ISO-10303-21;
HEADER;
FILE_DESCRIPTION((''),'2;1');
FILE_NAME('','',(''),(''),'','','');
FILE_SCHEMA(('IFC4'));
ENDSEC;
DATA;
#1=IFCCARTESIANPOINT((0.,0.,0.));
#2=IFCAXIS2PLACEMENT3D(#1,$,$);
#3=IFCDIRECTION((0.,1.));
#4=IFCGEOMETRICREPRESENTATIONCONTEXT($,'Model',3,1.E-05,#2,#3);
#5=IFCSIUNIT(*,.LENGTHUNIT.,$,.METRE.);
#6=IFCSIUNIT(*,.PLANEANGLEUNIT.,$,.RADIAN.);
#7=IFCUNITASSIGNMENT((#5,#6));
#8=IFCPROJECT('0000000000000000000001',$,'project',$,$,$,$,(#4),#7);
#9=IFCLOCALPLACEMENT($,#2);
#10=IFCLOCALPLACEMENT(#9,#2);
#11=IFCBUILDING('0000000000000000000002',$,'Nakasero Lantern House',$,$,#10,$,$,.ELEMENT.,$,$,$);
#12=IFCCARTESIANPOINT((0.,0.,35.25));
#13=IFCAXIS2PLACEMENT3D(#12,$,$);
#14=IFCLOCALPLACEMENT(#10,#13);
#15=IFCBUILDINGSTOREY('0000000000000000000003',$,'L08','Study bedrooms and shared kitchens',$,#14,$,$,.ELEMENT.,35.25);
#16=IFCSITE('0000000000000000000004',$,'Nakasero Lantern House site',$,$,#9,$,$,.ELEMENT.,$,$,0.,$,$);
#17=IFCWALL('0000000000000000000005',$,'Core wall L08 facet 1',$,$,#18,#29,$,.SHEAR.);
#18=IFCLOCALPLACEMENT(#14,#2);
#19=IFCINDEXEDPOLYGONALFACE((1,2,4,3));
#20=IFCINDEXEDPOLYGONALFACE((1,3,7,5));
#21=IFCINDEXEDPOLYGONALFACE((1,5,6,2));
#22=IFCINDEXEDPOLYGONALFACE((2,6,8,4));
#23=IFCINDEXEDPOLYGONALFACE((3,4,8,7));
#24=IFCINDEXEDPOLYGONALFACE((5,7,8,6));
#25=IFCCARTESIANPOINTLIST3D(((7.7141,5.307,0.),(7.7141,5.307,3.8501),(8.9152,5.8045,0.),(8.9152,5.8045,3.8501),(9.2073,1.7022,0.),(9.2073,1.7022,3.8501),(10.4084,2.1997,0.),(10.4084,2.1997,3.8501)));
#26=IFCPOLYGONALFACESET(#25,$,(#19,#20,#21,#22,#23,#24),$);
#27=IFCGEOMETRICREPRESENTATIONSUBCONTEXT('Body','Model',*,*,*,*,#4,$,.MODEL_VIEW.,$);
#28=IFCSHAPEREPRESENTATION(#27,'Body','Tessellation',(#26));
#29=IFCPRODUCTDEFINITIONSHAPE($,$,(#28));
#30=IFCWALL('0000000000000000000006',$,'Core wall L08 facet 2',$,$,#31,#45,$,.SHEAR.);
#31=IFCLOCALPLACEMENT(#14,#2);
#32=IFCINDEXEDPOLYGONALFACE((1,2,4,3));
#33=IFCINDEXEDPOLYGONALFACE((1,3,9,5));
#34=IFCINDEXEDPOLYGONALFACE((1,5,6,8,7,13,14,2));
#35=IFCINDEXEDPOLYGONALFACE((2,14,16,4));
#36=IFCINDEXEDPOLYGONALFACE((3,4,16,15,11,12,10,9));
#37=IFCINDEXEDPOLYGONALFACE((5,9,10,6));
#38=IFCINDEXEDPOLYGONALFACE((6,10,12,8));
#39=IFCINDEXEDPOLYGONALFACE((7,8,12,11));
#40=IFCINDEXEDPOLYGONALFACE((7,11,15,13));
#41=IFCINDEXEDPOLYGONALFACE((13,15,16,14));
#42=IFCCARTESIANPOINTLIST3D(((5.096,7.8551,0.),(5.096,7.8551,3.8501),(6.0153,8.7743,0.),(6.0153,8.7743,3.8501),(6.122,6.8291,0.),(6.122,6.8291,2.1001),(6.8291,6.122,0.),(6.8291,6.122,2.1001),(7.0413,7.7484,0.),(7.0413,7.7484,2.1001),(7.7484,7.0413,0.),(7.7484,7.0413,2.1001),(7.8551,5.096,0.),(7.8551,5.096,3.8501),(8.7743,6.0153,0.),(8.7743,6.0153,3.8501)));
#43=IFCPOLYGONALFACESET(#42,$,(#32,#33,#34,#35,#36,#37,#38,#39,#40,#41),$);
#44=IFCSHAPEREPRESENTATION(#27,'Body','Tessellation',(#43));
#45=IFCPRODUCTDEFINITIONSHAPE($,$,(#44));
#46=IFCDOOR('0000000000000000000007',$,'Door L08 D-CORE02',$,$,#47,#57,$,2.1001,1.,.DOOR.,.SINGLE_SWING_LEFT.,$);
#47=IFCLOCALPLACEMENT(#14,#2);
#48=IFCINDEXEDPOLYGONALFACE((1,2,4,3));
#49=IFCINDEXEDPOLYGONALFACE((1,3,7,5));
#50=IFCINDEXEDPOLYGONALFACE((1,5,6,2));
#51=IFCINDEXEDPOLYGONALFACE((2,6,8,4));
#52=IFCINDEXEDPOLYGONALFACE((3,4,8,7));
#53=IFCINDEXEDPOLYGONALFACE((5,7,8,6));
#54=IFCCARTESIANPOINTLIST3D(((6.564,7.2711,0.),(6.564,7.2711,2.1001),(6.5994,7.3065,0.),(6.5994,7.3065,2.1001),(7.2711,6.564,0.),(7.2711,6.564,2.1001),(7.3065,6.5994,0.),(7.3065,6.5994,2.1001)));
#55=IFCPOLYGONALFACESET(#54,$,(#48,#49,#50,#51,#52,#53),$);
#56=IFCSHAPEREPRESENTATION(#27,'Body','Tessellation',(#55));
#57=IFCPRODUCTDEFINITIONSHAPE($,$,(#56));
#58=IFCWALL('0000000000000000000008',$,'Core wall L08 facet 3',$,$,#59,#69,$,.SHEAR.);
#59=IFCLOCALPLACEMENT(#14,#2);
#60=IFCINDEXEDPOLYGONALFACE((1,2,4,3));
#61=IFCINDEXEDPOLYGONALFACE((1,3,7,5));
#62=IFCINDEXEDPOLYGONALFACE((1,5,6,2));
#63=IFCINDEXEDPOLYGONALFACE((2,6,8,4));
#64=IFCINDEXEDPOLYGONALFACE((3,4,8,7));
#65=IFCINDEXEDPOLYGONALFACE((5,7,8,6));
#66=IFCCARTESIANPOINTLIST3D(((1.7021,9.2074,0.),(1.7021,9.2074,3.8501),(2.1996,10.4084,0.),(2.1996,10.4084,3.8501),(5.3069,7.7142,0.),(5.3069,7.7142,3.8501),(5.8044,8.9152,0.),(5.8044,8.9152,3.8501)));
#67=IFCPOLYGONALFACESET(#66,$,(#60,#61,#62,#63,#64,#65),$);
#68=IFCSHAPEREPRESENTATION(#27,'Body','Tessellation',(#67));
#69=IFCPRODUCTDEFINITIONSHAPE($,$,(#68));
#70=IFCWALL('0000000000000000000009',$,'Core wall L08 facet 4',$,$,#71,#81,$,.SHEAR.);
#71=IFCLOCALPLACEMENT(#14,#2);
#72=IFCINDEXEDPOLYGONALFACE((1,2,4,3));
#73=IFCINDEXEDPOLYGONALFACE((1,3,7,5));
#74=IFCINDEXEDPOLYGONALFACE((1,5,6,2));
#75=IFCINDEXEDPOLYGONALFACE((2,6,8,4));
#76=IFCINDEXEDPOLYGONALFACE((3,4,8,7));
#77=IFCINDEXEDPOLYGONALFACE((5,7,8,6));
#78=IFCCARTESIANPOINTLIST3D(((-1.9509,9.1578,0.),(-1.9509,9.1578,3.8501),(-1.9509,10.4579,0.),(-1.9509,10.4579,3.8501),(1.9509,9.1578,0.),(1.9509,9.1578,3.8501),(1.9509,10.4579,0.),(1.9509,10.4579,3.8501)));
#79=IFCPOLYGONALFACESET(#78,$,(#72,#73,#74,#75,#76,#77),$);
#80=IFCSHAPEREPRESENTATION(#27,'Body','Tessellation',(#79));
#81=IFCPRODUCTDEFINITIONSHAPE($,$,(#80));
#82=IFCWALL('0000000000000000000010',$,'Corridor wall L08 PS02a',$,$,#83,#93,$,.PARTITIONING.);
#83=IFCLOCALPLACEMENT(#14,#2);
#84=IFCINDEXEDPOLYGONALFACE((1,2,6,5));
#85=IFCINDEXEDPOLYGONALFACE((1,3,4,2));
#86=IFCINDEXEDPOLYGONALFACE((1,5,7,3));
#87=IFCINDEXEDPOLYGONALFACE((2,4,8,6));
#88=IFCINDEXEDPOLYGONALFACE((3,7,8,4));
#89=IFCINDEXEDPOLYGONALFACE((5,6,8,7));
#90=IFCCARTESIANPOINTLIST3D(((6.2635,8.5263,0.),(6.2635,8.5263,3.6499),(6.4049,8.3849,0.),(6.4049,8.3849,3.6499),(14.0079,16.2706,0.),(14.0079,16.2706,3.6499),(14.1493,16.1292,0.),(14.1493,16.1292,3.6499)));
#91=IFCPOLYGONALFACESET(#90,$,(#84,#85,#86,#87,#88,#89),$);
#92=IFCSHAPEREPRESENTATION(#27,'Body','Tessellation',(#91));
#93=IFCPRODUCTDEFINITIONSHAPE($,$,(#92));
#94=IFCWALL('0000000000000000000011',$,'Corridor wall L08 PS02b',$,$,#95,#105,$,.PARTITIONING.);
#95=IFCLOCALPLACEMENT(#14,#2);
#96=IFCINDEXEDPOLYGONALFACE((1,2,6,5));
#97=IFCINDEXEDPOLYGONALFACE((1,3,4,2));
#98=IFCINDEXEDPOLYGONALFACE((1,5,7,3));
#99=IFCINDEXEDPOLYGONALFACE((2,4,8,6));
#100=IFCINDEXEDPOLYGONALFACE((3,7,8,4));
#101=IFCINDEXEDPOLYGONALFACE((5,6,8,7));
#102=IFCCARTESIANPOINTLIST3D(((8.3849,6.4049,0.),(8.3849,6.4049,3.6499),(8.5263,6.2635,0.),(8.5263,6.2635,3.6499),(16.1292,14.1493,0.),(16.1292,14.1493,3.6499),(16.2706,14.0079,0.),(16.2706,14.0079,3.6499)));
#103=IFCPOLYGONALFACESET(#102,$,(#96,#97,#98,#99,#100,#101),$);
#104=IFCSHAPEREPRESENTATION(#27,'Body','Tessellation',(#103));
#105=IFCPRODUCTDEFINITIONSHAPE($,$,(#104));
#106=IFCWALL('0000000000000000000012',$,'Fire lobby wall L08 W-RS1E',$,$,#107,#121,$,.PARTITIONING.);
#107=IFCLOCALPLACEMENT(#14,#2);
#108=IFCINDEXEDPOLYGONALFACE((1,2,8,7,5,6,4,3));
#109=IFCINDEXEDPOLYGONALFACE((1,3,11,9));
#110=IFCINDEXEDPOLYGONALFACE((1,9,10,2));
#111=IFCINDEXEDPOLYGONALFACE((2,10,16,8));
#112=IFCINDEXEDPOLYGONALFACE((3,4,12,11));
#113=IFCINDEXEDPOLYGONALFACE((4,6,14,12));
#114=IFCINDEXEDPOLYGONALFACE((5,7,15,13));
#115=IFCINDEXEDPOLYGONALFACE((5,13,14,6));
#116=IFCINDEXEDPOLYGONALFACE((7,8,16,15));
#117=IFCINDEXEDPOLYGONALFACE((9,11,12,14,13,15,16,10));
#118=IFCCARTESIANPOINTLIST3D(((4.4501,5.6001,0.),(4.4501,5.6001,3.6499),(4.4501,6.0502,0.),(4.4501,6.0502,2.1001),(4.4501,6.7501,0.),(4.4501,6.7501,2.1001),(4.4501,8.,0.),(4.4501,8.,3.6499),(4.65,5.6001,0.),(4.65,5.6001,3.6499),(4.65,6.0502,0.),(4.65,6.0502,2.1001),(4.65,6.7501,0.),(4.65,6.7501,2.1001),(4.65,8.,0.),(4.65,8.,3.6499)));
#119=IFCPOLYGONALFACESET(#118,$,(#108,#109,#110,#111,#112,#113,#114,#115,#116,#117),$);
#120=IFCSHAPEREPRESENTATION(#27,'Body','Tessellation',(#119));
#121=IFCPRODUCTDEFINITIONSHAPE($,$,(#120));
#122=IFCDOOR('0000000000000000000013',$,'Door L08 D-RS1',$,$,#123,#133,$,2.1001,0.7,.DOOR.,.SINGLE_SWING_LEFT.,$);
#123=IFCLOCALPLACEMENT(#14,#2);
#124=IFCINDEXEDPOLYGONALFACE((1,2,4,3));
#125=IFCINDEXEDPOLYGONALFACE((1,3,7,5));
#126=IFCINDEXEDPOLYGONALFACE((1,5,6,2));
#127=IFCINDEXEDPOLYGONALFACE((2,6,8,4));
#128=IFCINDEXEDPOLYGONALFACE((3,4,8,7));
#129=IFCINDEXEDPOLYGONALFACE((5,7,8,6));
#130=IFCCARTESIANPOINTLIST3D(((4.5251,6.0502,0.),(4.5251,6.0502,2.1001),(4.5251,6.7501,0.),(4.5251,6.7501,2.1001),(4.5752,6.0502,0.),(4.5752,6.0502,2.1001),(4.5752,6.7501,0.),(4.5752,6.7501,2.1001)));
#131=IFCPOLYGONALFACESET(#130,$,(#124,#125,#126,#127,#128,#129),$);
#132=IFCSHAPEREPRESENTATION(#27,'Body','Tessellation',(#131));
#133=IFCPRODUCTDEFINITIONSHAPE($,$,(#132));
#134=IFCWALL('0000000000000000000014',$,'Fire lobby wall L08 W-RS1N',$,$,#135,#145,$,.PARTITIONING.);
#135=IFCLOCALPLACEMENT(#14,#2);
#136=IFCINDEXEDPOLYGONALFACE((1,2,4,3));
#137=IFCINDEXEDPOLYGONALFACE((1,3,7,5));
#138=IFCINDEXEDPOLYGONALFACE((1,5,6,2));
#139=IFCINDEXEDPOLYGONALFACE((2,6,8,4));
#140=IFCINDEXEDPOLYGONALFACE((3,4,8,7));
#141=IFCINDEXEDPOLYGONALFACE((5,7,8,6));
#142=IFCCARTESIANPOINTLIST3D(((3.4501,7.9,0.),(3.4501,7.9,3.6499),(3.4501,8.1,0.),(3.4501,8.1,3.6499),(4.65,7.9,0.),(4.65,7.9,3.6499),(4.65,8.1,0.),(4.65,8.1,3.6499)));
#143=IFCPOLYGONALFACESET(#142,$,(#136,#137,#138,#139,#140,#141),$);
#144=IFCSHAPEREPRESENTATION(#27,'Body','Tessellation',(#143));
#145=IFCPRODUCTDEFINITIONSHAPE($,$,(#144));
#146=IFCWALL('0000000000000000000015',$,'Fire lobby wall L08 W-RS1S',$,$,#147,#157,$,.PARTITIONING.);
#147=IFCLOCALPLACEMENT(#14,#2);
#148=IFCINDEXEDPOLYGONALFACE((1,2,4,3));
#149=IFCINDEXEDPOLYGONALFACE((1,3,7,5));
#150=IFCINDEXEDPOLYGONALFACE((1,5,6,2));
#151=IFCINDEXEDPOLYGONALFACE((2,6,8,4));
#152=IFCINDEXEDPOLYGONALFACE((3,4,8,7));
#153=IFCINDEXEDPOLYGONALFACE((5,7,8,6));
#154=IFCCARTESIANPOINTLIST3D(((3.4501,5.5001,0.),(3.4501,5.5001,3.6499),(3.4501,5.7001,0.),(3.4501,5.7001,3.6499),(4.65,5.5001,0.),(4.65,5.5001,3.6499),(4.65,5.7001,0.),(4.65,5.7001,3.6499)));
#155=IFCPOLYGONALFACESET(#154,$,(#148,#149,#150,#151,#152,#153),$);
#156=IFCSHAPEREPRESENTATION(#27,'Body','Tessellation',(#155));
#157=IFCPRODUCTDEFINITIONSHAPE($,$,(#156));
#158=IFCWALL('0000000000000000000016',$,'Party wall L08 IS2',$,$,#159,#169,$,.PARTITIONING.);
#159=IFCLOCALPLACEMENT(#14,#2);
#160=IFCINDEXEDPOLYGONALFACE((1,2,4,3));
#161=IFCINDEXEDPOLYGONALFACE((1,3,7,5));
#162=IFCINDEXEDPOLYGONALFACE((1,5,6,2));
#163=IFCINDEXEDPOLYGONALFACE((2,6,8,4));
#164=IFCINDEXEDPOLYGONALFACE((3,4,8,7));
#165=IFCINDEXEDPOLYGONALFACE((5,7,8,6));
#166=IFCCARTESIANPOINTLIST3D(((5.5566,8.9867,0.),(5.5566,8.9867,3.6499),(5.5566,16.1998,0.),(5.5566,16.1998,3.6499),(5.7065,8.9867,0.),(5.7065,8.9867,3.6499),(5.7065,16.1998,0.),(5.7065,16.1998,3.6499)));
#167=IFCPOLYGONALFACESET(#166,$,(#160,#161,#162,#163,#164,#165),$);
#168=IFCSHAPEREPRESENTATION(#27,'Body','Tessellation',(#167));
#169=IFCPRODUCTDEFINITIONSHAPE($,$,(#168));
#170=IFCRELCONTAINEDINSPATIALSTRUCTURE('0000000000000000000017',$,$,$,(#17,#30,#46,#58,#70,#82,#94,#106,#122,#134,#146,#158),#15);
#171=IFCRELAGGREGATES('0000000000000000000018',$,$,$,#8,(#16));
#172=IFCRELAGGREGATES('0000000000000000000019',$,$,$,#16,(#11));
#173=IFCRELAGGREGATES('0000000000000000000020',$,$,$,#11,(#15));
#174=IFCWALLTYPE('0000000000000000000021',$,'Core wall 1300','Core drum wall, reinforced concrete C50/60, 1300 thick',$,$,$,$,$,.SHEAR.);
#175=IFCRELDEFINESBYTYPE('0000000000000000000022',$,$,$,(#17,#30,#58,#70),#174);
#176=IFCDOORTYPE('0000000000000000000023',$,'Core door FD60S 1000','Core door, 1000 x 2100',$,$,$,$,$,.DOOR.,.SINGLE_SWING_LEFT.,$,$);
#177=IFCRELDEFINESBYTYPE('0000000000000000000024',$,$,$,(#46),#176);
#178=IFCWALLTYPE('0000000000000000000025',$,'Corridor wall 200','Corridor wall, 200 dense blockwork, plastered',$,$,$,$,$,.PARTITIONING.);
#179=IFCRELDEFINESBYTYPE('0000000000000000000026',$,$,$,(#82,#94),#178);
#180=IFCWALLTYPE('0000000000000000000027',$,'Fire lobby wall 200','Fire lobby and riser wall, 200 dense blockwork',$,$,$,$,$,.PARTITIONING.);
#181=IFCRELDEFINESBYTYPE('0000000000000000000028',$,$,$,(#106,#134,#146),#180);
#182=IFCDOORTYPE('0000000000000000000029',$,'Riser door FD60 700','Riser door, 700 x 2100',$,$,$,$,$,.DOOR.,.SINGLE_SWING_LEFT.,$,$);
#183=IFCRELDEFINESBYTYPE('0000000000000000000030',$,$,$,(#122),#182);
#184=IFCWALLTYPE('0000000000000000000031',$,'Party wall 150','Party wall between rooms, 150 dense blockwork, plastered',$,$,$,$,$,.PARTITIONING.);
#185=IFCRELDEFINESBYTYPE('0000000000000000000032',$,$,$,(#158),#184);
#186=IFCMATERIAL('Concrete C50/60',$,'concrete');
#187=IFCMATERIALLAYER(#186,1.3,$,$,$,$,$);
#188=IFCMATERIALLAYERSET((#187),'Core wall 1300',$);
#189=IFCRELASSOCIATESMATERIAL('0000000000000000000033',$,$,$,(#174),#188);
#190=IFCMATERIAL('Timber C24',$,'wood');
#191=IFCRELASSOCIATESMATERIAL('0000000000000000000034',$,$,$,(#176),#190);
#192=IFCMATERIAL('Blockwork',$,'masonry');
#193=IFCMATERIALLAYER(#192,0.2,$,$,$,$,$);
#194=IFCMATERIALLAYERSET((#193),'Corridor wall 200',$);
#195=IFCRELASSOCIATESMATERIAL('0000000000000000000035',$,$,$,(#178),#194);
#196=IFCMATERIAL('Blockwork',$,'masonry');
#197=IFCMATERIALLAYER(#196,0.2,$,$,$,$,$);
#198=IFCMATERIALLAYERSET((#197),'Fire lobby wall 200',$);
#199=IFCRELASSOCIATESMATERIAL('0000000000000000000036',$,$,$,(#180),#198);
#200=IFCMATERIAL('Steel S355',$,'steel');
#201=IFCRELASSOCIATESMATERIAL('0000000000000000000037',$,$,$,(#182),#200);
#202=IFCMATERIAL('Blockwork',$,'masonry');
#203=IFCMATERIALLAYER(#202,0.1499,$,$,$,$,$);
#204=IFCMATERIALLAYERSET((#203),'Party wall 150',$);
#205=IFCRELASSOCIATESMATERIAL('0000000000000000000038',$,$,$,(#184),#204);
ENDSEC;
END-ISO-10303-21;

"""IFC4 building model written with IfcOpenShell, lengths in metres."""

from ifc_helpers import new_model, si_unit, direction, frame, frame_2d, origin, place, context, subcontext, project, spatial, rectangle, extrude, material, layer, layer_set, type_object, element, fill, save


model = new_model("IFC4")

# Units and contexts
model_context = context("Model", 3, precision=1e-05, world=origin(), true_north=direction((0.0, 1.0)))
body_context = subcontext(model_context, "Body", "Model", "MODEL_VIEW")
ifc_project = project(units=[si_unit("LENGTHUNIT", "METRE"), si_unit("PLANEANGLEUNIT", "RADIAN")], contexts=[model_context])

# Site, building, storey
site_placement = place(None, origin())
site = spatial("IfcSite", under=ifc_project, at=site_placement, Name="Nakasero Lantern House site", CompositionType="ELEMENT", RefElevation=0.0)
building_placement = place(site_placement, origin())
building = spatial("IfcBuilding", under=site, at=building_placement, Name="Nakasero Lantern House", CompositionType="ELEMENT")
storey_placement = place(building_placement, frame((0.0, 0.0, 35.25)))
storey = spatial("IfcBuildingStorey", under=building, at=storey_placement, Name="L08", Description="Study bedrooms and shared kitchens", CompositionType="ELEMENT", Elevation=35.25)

# Wall
ifc_material_1 = material(Name="Concrete C50/60", Category="concrete")
ifc_layer_1 = layer(ifc_material_1, 1.3)
ifc_layer_set_1 = layer_set([ifc_layer_1], Name="Core wall 1300")
wall_type_1 = type_object("IfcWallType", Name="Core wall 1300", Description="Core drum wall, reinforced concrete C50/60, 1300 thick", PredefinedType="SHEAR", material=ifc_layer_set_1)
wall_1_placement = place(storey_placement, frame((9.8079, 1.9509, 0.0), z_axis=(0.0, 0.0, 1.0), x_axis=(-0.382691, 0.923877, 0.0)))
element("IfcWall", 1, at=wall_1_placement, inside=storey, type_object=wall_type_1, Name="Core wall L08 facet 1", PredefinedType="SHEAR", context=body_context, shape_type="SweptSolid", body=[
    extrude(rectangle(XDim=3.9019, YDim=1.3, at=frame_2d((1.9509, 0.0))), origin(), (0.0, 0.0, 1.0), 3.8501),
])

# Wall, opening, door
wall_2_placement = place(storey_placement, frame((8.3147, 5.5557, 0.0), z_axis=(0.0, 0.0, 1.0), x_axis=(-0.707107, 0.707107, 0.0)))
wall_2 = element("IfcWall", 2, at=wall_2_placement, inside=storey, type_object=wall_type_1, Name="Core wall L08 facet 2", PredefinedType="SHEAR", context=body_context, shape_type="SweptSolid", body=[
    extrude(rectangle(XDim=3.9019, YDim=1.3, at=frame_2d((1.9509, 0.0))), origin(), (0.0, 0.0, 1.0), 3.8501),
])
opening_1_placement = place(wall_2_placement, frame((1.4509, 0.0, 0.0)))
opening_1 = element("IfcOpeningElement", 3, at=opening_1_placement, cuts=wall_2, PredefinedType="OPENING", context=body_context, shape_type="SweptSolid", body=[
    extrude(rectangle(XDim=1.0, YDim=2.1001, at=frame_2d((0.5, 1.05))), frame((0.0, 0.6699, 0.0), z_axis=(0.0, -1.0, 0.0), x_axis=(1.0, 0.0, 0.0)), (0.0, 0.0, 1.0), 1.3401),
])
ifc_material_2 = material(Name="Timber C24", Category="wood")
door_type_1 = type_object("IfcDoorType", Name="Core door FD60S 1000", Description="Core door, 1000 x 2100", OperationType="SINGLE_SWING_LEFT", PredefinedType="DOOR", material=ifc_material_2)
door_1_placement = place(opening_1_placement, origin())
door_1 = element("IfcDoor", 4, at=door_1_placement, inside=storey, type_object=door_type_1, Name="Door L08 D-CORE02", OperationType="SINGLE_SWING_LEFT", OverallHeight=2.1001, OverallWidth=1.0, PredefinedType="DOOR", context=body_context, shape_type="SweptSolid", body=[
    extrude(rectangle(XDim=1.0, YDim=2.1001, at=frame_2d((0.5, 1.05))), frame((0.0, 0.0249, 0.0), z_axis=(0.0, -1.0, 0.0), x_axis=(1.0, 0.0, 0.0)), (0.0, 0.0, 1.0), 0.05),
])
fill(opening_1, door_1)

# Walls
for number, where, z_axis, x_axis, name in (
    (5, (5.5557, 8.3147, 0.0), (0.0, 0.0, 1.0), (-0.923877, 0.382691, 0.0), "Core wall L08 facet 3"),
    (6, (1.9509, 9.8079, 0.0), (0.0, 0.0, 1.0), (-1.0, 0.0, 0.0), "Core wall L08 facet 4"),
):
    element("IfcWall", number, at=place(storey_placement, frame(where, z_axis=z_axis, x_axis=x_axis)), inside=storey, type_object=wall_type_1, Name=name, PredefinedType="SHEAR", context=body_context, shape_type="SweptSolid", body=[
        extrude(rectangle(XDim=3.9019, YDim=1.3, at=frame_2d((1.9509, 0.0))), origin(), (0.0, 0.0, 1.0), 3.8501),
    ])
ifc_material_3 = material(Name="Blockwork", Category="masonry")
ifc_layer_2 = layer(ifc_material_3, 0.2)
ifc_layer_set_2 = layer_set([ifc_layer_2], Name="Corridor wall 200")
wall_type_2 = type_object("IfcWallType", Name="Corridor wall 200", Description="Corridor wall, 200 dense blockwork, plastered", PredefinedType="PARTITIONING", material=ifc_layer_set_2)
for number, where, z_axis, x_axis, name in (
    (7, (6.3342, 8.4556, 0.0), (0.0, 0.0, 1.0), (0.707107, 0.707107, 0.0), "Corridor wall L08 PS02a"),
    (8, (8.4556, 6.3342, 0.0), (0.0, 0.0, 1.0), (0.707107, 0.707107, 0.0), "Corridor wall L08 PS02b"),
):
    element("IfcWall", number, at=place(storey_placement, frame(where, z_axis=z_axis, x_axis=x_axis)), inside=storey, type_object=wall_type_2, Name=name, PredefinedType="PARTITIONING", context=body_context, shape_type="SweptSolid", body=[
        extrude(rectangle(XDim=10.9521, YDim=0.2, at=frame_2d((5.4761, 0.0))), origin(), (0.0, 0.0, 1.0), 3.6499),
    ])

# Wall, opening, door
ifc_material_4 = material(Name="Blockwork", Category="masonry")
ifc_layer_3 = layer(ifc_material_4, 0.2)
ifc_layer_set_3 = layer_set([ifc_layer_3], Name="Fire lobby wall 200")
wall_type_3 = type_object("IfcWallType", Name="Fire lobby wall 200", Description="Fire lobby and riser wall, 200 dense blockwork", PredefinedType="PARTITIONING", material=ifc_layer_set_3)
wall_3_placement = place(storey_placement, frame((4.55, 5.6001, 0.0), z_axis=(0.0, 0.0, 1.0), x_axis=(0.0, 1.0, 0.0)))
wall_3 = element("IfcWall", 9, at=wall_3_placement, inside=storey, type_object=wall_type_3, Name="Fire lobby wall L08 W-RS1E", PredefinedType="PARTITIONING", context=body_context, shape_type="SweptSolid", body=[
    extrude(rectangle(XDim=2.3999, YDim=0.2, at=frame_2d((1.2, 0.0))), origin(), (0.0, 0.0, 1.0), 3.6499),
])
opening_2_placement = place(wall_3_placement, frame((0.45, 0.0, 0.0)))
opening_2 = element("IfcOpeningElement", 10, at=opening_2_placement, cuts=wall_3, PredefinedType="OPENING", context=body_context, shape_type="SweptSolid", body=[
    extrude(rectangle(XDim=0.7, YDim=2.1001, at=frame_2d((0.3501, 1.05))), frame((0.0, 0.1199, 0.0), z_axis=(0.0, -1.0, 0.0), x_axis=(1.0, 0.0, 0.0)), (0.0, 0.0, 1.0), 0.24),
])
ifc_material_5 = material(Name="Steel S355", Category="steel")
door_type_2 = type_object("IfcDoorType", Name="Riser door FD60 700", Description="Riser door, 700 x 2100", OperationType="SINGLE_SWING_LEFT", PredefinedType="DOOR", material=ifc_material_5)
door_2_placement = place(opening_2_placement, origin())
door_2 = element("IfcDoor", 11, at=door_2_placement, inside=storey, type_object=door_type_2, Name="Door L08 D-RS1", OperationType="SINGLE_SWING_LEFT", OverallHeight=2.1001, OverallWidth=0.7, PredefinedType="DOOR", context=body_context, shape_type="SweptSolid", body=[
    extrude(rectangle(XDim=0.7, YDim=2.1001, at=frame_2d((0.3501, 1.05))), frame((0.0, 0.0249, 0.0), z_axis=(0.0, -1.0, 0.0), x_axis=(1.0, 0.0, 0.0)), (0.0, 0.0, 1.0), 0.05),
])
fill(opening_2, door_2)

# Walls
for number, where, z_axis, x_axis, name in (
    (12, (3.45, 8.0, 0.0), (0.0, 0.0, 1.0), (1.0, 0.0, 0.0), "Fire lobby wall L08 W-RS1N"),
    (13, (3.45, 5.6001, 0.0), (0.0, 0.0, 1.0), (1.0, 0.0, 0.0), "Fire lobby wall L08 W-RS1S"),
):
    element("IfcWall", number, at=place(storey_placement, frame(where, z_axis=z_axis, x_axis=x_axis)), inside=storey, type_object=wall_type_3, Name=name, PredefinedType="PARTITIONING", context=body_context, shape_type="SweptSolid", body=[
        extrude(rectangle(XDim=1.2, YDim=0.2, at=frame_2d((0.6001, 0.0))), origin(), (0.0, 0.0, 1.0), 3.6499),
    ])
ifc_material_6 = material(Name="Blockwork", Category="masonry")
ifc_layer_4 = layer(ifc_material_6, 0.1499)
ifc_layer_set_4 = layer_set([ifc_layer_4], Name="Party wall 150")
wall_type_4 = type_object("IfcWallType", Name="Party wall 150", Description="Party wall between rooms, 150 dense blockwork, plastered", PredefinedType="PARTITIONING", material=ifc_layer_set_4)
wall_4_placement = place(storey_placement, frame((5.6316, 8.9868, 0.0), z_axis=(0.0, 0.0, 1.0), x_axis=(0.0, 1.0, 0.0)))
element("IfcWall", 14, at=wall_4_placement, inside=storey, type_object=wall_type_4, Name="Party wall L08 IS2", PredefinedType="PARTITIONING", context=body_context, shape_type="SweptSolid", body=[
    extrude(rectangle(XDim=7.2131, YDim=0.1499, at=frame_2d((3.6064, 0.0))), origin(), (0.0, 0.0, 1.0), 3.6499),
])

save(model, "model.ifc")
